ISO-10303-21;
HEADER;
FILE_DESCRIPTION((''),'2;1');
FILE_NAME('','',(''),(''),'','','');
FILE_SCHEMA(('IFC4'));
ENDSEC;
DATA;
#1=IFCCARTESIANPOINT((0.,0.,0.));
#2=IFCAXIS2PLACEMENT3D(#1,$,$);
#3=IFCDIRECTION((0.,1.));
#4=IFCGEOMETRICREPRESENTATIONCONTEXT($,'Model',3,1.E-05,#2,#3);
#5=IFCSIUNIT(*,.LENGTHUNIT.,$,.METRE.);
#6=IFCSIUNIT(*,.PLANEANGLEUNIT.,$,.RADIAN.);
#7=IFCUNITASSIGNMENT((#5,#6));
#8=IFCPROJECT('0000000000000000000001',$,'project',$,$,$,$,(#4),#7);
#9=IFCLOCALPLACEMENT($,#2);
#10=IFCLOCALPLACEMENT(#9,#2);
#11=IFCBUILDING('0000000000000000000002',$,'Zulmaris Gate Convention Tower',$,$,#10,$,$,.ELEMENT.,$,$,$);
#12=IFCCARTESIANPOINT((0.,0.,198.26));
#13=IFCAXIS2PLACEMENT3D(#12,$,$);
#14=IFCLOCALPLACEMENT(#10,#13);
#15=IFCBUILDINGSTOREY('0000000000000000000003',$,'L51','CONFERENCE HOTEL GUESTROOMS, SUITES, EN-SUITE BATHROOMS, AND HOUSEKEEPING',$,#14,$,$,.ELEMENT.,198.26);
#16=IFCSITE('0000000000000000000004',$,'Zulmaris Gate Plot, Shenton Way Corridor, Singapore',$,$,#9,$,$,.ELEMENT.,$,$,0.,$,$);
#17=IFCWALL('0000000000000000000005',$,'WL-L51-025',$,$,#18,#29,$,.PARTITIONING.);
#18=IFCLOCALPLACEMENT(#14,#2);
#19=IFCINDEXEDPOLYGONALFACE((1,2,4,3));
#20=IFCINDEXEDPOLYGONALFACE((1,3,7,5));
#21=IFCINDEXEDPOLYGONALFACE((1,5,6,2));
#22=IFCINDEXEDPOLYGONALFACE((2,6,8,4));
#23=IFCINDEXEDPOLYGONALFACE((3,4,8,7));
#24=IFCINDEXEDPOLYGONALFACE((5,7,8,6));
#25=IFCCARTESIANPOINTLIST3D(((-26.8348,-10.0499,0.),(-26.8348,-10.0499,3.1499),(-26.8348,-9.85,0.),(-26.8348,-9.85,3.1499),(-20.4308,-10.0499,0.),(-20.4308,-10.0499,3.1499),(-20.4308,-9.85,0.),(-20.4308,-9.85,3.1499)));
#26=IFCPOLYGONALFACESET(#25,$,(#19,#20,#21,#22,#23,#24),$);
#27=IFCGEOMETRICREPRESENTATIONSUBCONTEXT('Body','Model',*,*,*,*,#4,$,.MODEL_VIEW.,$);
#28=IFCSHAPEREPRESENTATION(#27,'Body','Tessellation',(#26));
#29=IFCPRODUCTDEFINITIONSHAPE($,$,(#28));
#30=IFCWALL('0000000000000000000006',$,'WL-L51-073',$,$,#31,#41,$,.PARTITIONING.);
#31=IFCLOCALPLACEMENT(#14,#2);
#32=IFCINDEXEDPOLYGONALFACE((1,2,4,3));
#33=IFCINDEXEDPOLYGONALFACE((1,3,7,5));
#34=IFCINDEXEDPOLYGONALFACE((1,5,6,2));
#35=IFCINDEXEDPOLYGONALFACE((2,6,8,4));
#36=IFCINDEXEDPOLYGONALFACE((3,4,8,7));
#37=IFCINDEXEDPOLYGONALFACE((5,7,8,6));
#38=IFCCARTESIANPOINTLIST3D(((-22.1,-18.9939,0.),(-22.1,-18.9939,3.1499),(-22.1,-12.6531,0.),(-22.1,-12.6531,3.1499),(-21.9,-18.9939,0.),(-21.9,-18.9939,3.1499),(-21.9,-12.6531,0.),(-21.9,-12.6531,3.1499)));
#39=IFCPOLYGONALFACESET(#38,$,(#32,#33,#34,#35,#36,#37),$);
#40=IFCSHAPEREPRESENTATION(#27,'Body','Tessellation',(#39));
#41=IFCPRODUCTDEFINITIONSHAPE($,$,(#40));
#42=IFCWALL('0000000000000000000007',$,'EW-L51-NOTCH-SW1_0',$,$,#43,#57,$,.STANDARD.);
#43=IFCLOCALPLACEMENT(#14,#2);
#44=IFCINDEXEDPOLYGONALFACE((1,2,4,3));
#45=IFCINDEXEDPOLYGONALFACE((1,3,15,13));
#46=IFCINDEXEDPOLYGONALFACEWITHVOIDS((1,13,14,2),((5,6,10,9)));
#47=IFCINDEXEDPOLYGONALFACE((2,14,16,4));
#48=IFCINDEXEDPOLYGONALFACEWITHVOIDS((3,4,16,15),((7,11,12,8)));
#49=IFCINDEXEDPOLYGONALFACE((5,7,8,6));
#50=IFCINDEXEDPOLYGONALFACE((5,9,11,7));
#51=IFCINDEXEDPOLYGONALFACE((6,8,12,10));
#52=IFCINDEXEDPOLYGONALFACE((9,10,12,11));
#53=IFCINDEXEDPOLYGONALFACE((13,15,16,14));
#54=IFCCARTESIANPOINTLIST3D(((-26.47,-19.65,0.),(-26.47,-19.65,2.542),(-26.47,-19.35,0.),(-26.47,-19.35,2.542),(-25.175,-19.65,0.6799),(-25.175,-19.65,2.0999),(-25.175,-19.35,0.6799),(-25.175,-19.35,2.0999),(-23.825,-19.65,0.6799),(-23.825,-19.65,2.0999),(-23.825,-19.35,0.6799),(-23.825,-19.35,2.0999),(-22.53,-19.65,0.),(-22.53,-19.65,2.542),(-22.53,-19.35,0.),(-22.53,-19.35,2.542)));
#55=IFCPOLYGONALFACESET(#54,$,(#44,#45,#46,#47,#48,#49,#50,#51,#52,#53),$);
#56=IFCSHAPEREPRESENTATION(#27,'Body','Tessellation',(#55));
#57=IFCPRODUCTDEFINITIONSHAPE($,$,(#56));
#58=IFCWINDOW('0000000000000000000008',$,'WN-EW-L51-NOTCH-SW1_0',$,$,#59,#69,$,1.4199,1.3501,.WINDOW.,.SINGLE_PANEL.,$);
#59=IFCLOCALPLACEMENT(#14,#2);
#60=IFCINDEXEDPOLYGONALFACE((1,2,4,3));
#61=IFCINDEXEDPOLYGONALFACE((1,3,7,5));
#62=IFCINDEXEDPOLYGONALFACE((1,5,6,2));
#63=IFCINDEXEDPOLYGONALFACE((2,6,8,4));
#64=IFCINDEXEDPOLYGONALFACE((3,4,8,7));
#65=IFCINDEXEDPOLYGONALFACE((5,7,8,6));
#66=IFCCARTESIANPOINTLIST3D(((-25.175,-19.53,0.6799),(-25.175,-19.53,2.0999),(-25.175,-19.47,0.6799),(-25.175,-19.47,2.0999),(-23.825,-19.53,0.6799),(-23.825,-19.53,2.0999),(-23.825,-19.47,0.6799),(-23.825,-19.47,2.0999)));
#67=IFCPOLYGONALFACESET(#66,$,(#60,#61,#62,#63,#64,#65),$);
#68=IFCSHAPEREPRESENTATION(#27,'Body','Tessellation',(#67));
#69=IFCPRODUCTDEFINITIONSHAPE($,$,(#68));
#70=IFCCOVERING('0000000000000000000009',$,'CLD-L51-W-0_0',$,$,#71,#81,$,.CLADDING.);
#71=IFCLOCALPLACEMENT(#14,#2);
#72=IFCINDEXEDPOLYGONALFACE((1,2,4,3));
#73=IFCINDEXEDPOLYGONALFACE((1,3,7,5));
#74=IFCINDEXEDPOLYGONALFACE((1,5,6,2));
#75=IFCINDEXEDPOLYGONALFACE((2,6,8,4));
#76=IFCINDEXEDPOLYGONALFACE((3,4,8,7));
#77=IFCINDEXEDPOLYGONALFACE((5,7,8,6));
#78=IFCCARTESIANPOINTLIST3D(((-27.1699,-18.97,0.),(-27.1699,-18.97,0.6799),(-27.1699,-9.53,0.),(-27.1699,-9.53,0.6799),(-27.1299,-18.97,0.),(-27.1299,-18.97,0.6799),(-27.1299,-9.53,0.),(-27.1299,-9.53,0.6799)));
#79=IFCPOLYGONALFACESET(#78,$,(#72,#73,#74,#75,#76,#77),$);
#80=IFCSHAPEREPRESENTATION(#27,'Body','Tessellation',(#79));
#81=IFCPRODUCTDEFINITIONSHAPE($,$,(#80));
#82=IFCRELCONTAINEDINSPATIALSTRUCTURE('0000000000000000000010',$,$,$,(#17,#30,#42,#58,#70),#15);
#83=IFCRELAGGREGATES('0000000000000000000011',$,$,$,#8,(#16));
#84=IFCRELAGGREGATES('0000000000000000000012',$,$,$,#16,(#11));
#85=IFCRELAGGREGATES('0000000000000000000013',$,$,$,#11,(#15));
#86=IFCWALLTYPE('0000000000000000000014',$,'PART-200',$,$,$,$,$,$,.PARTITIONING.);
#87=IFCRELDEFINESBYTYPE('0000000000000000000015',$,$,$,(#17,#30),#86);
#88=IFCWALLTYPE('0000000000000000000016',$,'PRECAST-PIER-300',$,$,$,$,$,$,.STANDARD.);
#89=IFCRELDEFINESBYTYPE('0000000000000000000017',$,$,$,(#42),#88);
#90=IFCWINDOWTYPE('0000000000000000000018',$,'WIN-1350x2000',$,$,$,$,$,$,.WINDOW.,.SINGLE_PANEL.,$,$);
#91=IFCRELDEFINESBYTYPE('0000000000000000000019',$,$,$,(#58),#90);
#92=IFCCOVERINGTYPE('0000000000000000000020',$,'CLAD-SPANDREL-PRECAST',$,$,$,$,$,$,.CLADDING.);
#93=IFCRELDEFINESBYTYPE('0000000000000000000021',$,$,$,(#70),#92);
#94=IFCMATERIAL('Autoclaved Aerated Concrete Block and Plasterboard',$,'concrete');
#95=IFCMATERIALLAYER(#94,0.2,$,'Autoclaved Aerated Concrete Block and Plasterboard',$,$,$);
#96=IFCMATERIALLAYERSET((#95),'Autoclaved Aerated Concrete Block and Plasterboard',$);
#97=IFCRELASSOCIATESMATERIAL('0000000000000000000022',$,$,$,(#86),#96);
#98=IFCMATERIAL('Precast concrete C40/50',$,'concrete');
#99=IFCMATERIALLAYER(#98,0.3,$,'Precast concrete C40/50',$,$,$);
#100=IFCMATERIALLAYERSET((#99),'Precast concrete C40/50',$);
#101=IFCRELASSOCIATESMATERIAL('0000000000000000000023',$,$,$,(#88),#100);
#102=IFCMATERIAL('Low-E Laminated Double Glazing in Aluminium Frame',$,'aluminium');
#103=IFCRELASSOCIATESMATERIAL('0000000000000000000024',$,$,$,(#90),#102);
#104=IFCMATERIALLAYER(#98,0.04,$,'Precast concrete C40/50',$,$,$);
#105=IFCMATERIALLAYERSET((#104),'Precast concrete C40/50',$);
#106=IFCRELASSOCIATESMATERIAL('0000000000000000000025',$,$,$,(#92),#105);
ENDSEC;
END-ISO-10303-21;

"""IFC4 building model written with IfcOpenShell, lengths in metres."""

from ifc_helpers import new_model, si_unit, direction, frame, frame_2d, origin, place, context, subcontext, project, spatial, rectangle, extrude, material, layer, layer_set, type_object, element, fill, save


model = new_model("IFC4")

# Units and contexts
model_context = context("Model", 3, precision=1e-05, world=origin(), true_north=direction((0.0, 1.0)))
body_context = subcontext(model_context, "Body", "Model", "MODEL_VIEW")
ifc_project = project(units=[si_unit("LENGTHUNIT", "METRE"), si_unit("PLANEANGLEUNIT", "RADIAN")], contexts=[model_context])

# Site, building, storey
site_placement = place(None, origin())
site = spatial("IfcSite", under=ifc_project, at=site_placement, Name="Zulmaris Gate Plot, Shenton Way Corridor, Singapore", CompositionType="ELEMENT", RefElevation=0.0)
building_placement = place(site_placement, origin())
building = spatial("IfcBuilding", under=site, at=building_placement, Name="Zulmaris Gate Convention Tower", CompositionType="ELEMENT")
storey_placement = place(building_placement, frame((0.0, 0.0, 198.26)))
storey = spatial("IfcBuildingStorey", under=building, at=storey_placement, Name="L51", Description="CONFERENCE HOTEL GUESTROOMS, SUITES, EN-SUITE BATHROOMS, AND HOUSEKEEPING", CompositionType="ELEMENT", Elevation=198.26)

# Shared definitions
ifc_material_1 = material(Name="Autoclaved Aerated Concrete Block and Plasterboard", Category="concrete")
ifc_layer_1 = layer(ifc_material_1, 0.2, Name="Autoclaved Aerated Concrete Block and Plasterboard")
ifc_layer_set_1 = layer_set([ifc_layer_1], Name="Autoclaved Aerated Concrete Block and Plasterboard")
wall_type_1 = type_object("IfcWallType", Name="PART-200", PredefinedType="PARTITIONING", material=ifc_layer_set_1)

# Walls
wall_1_placement = place(storey_placement, frame((-26.835, -9.95, 0.0), z_axis=(0.0, 0.0, 1.0), x_axis=(1.0, 0.0, 0.0)))
element("IfcWall", 1, at=wall_1_placement, inside=storey, type_object=wall_type_1, Name="WL-L51-025", PredefinedType="PARTITIONING", context=body_context, shape_type="SweptSolid", body=[
    extrude(rectangle(XDim=6.4041, YDim=0.2, at=frame_2d((3.2021, 0.0))), origin(), (0.0, 0.0, 1.0), 3.1499),
])
wall_2_placement = place(storey_placement, frame((-22.0, -18.9939, 0.0), z_axis=(0.0, 0.0, 1.0), x_axis=(0.0, 1.0, 0.0)))
element("IfcWall", 2, at=wall_2_placement, inside=storey, type_object=wall_type_1, Name="WL-L51-073", PredefinedType="PARTITIONING", context=body_context, shape_type="SweptSolid", body=[
    extrude(rectangle(XDim=6.3408, YDim=0.2, at=frame_2d((3.1704, 0.0))), origin(), (0.0, 0.0, 1.0), 3.1499),
])

# Wall, opening, window
ifc_material_2 = material(Name="Precast concrete C40/50", Category="concrete")
ifc_layer_2 = layer(ifc_material_2, 0.3, Name="Precast concrete C40/50")
ifc_layer_set_2 = layer_set([ifc_layer_2], Name="Precast concrete C40/50")
wall_type_2 = type_object("IfcWallType", Name="PRECAST-PIER-300", PredefinedType="STANDARD", material=ifc_layer_set_2)
wall_3_placement = place(storey_placement, frame((-26.47, -19.5, 0.0), z_axis=(0.0, 0.0, 1.0), x_axis=(1.0, 0.0, 0.0)))
wall_3 = element("IfcWall", 3, at=wall_3_placement, inside=storey, type_object=wall_type_2, Name="EW-L51-NOTCH-SW1_0", PredefinedType="STANDARD", context=body_context, shape_type="SweptSolid", body=[
    extrude(rectangle(XDim=3.9399, YDim=0.3, at=frame_2d((1.97, 0.0))), origin(), (0.0, 0.0, 1.0), 2.542),
])
opening_1_placement = place(wall_3_placement, frame((1.2949, 0.0, 0.6799)))
opening_1 = element("IfcOpeningElement", 4, at=opening_1_placement, cuts=wall_3, PredefinedType="OPENING", context=body_context, shape_type="SweptSolid", body=[
    extrude(rectangle(XDim=1.3501, YDim=1.4199, at=frame_2d((0.675, 0.71))), frame((0.0, 0.1602, 0.0), z_axis=(0.0, -1.0, 0.0), x_axis=(1.0, 0.0, 0.0)), (0.0, 0.0, 1.0), 0.3201),
])
ifc_material_3 = material(Name="Low-E Laminated Double Glazing in Aluminium Frame", Category="aluminium")
window_type = type_object("IfcWindowType", Name="WIN-1350x2000", PartitioningType="SINGLE_PANEL", PredefinedType="WINDOW", material=ifc_material_3)
window_placement = place(opening_1_placement, origin())
window = element("IfcWindow", 5, at=window_placement, inside=storey, type_object=window_type, Name="WN-EW-L51-NOTCH-SW1_0", OverallHeight=1.4199, OverallWidth=1.3501, PartitioningType="SINGLE_PANEL", PredefinedType="WINDOW", context=body_context, shape_type="SweptSolid", body=[
    extrude(rectangle(XDim=1.3501, YDim=1.4199, at=frame_2d((0.675, 0.71))), frame((0.0, 0.03, 0.0), z_axis=(0.0, -1.0, 0.0), x_axis=(1.0, 0.0, 0.0)), (0.0, 0.0, 1.0), 0.0601),
])
fill(opening_1, window)

# Covering
ifc_layer_3 = layer(ifc_material_2, 0.04, Name="Precast concrete C40/50")
ifc_layer_set_3 = layer_set([ifc_layer_3], Name="Precast concrete C40/50")
covering_type = type_object("IfcCoveringType", Name="CLAD-SPANDREL-PRECAST", PredefinedType="CLADDING", material=ifc_layer_set_3)
covering_placement = place(storey_placement, frame((-27.1499, -9.53, 0.0), z_axis=(0.0, 0.0, 1.0), x_axis=(0.0, -1.0, 0.0)))
element("IfcCovering", 6, at=covering_placement, inside=storey, type_object=covering_type, Name="CLD-L51-W-0_0", PredefinedType="CLADDING", context=body_context, shape_type="SweptSolid", body=[
    extrude(rectangle(XDim=9.4399, YDim=0.04, at=frame_2d((4.72, 0.0))), origin(), (0.0, 0.0, 1.0), 0.6799),
])

save(model, "model.ifc")
